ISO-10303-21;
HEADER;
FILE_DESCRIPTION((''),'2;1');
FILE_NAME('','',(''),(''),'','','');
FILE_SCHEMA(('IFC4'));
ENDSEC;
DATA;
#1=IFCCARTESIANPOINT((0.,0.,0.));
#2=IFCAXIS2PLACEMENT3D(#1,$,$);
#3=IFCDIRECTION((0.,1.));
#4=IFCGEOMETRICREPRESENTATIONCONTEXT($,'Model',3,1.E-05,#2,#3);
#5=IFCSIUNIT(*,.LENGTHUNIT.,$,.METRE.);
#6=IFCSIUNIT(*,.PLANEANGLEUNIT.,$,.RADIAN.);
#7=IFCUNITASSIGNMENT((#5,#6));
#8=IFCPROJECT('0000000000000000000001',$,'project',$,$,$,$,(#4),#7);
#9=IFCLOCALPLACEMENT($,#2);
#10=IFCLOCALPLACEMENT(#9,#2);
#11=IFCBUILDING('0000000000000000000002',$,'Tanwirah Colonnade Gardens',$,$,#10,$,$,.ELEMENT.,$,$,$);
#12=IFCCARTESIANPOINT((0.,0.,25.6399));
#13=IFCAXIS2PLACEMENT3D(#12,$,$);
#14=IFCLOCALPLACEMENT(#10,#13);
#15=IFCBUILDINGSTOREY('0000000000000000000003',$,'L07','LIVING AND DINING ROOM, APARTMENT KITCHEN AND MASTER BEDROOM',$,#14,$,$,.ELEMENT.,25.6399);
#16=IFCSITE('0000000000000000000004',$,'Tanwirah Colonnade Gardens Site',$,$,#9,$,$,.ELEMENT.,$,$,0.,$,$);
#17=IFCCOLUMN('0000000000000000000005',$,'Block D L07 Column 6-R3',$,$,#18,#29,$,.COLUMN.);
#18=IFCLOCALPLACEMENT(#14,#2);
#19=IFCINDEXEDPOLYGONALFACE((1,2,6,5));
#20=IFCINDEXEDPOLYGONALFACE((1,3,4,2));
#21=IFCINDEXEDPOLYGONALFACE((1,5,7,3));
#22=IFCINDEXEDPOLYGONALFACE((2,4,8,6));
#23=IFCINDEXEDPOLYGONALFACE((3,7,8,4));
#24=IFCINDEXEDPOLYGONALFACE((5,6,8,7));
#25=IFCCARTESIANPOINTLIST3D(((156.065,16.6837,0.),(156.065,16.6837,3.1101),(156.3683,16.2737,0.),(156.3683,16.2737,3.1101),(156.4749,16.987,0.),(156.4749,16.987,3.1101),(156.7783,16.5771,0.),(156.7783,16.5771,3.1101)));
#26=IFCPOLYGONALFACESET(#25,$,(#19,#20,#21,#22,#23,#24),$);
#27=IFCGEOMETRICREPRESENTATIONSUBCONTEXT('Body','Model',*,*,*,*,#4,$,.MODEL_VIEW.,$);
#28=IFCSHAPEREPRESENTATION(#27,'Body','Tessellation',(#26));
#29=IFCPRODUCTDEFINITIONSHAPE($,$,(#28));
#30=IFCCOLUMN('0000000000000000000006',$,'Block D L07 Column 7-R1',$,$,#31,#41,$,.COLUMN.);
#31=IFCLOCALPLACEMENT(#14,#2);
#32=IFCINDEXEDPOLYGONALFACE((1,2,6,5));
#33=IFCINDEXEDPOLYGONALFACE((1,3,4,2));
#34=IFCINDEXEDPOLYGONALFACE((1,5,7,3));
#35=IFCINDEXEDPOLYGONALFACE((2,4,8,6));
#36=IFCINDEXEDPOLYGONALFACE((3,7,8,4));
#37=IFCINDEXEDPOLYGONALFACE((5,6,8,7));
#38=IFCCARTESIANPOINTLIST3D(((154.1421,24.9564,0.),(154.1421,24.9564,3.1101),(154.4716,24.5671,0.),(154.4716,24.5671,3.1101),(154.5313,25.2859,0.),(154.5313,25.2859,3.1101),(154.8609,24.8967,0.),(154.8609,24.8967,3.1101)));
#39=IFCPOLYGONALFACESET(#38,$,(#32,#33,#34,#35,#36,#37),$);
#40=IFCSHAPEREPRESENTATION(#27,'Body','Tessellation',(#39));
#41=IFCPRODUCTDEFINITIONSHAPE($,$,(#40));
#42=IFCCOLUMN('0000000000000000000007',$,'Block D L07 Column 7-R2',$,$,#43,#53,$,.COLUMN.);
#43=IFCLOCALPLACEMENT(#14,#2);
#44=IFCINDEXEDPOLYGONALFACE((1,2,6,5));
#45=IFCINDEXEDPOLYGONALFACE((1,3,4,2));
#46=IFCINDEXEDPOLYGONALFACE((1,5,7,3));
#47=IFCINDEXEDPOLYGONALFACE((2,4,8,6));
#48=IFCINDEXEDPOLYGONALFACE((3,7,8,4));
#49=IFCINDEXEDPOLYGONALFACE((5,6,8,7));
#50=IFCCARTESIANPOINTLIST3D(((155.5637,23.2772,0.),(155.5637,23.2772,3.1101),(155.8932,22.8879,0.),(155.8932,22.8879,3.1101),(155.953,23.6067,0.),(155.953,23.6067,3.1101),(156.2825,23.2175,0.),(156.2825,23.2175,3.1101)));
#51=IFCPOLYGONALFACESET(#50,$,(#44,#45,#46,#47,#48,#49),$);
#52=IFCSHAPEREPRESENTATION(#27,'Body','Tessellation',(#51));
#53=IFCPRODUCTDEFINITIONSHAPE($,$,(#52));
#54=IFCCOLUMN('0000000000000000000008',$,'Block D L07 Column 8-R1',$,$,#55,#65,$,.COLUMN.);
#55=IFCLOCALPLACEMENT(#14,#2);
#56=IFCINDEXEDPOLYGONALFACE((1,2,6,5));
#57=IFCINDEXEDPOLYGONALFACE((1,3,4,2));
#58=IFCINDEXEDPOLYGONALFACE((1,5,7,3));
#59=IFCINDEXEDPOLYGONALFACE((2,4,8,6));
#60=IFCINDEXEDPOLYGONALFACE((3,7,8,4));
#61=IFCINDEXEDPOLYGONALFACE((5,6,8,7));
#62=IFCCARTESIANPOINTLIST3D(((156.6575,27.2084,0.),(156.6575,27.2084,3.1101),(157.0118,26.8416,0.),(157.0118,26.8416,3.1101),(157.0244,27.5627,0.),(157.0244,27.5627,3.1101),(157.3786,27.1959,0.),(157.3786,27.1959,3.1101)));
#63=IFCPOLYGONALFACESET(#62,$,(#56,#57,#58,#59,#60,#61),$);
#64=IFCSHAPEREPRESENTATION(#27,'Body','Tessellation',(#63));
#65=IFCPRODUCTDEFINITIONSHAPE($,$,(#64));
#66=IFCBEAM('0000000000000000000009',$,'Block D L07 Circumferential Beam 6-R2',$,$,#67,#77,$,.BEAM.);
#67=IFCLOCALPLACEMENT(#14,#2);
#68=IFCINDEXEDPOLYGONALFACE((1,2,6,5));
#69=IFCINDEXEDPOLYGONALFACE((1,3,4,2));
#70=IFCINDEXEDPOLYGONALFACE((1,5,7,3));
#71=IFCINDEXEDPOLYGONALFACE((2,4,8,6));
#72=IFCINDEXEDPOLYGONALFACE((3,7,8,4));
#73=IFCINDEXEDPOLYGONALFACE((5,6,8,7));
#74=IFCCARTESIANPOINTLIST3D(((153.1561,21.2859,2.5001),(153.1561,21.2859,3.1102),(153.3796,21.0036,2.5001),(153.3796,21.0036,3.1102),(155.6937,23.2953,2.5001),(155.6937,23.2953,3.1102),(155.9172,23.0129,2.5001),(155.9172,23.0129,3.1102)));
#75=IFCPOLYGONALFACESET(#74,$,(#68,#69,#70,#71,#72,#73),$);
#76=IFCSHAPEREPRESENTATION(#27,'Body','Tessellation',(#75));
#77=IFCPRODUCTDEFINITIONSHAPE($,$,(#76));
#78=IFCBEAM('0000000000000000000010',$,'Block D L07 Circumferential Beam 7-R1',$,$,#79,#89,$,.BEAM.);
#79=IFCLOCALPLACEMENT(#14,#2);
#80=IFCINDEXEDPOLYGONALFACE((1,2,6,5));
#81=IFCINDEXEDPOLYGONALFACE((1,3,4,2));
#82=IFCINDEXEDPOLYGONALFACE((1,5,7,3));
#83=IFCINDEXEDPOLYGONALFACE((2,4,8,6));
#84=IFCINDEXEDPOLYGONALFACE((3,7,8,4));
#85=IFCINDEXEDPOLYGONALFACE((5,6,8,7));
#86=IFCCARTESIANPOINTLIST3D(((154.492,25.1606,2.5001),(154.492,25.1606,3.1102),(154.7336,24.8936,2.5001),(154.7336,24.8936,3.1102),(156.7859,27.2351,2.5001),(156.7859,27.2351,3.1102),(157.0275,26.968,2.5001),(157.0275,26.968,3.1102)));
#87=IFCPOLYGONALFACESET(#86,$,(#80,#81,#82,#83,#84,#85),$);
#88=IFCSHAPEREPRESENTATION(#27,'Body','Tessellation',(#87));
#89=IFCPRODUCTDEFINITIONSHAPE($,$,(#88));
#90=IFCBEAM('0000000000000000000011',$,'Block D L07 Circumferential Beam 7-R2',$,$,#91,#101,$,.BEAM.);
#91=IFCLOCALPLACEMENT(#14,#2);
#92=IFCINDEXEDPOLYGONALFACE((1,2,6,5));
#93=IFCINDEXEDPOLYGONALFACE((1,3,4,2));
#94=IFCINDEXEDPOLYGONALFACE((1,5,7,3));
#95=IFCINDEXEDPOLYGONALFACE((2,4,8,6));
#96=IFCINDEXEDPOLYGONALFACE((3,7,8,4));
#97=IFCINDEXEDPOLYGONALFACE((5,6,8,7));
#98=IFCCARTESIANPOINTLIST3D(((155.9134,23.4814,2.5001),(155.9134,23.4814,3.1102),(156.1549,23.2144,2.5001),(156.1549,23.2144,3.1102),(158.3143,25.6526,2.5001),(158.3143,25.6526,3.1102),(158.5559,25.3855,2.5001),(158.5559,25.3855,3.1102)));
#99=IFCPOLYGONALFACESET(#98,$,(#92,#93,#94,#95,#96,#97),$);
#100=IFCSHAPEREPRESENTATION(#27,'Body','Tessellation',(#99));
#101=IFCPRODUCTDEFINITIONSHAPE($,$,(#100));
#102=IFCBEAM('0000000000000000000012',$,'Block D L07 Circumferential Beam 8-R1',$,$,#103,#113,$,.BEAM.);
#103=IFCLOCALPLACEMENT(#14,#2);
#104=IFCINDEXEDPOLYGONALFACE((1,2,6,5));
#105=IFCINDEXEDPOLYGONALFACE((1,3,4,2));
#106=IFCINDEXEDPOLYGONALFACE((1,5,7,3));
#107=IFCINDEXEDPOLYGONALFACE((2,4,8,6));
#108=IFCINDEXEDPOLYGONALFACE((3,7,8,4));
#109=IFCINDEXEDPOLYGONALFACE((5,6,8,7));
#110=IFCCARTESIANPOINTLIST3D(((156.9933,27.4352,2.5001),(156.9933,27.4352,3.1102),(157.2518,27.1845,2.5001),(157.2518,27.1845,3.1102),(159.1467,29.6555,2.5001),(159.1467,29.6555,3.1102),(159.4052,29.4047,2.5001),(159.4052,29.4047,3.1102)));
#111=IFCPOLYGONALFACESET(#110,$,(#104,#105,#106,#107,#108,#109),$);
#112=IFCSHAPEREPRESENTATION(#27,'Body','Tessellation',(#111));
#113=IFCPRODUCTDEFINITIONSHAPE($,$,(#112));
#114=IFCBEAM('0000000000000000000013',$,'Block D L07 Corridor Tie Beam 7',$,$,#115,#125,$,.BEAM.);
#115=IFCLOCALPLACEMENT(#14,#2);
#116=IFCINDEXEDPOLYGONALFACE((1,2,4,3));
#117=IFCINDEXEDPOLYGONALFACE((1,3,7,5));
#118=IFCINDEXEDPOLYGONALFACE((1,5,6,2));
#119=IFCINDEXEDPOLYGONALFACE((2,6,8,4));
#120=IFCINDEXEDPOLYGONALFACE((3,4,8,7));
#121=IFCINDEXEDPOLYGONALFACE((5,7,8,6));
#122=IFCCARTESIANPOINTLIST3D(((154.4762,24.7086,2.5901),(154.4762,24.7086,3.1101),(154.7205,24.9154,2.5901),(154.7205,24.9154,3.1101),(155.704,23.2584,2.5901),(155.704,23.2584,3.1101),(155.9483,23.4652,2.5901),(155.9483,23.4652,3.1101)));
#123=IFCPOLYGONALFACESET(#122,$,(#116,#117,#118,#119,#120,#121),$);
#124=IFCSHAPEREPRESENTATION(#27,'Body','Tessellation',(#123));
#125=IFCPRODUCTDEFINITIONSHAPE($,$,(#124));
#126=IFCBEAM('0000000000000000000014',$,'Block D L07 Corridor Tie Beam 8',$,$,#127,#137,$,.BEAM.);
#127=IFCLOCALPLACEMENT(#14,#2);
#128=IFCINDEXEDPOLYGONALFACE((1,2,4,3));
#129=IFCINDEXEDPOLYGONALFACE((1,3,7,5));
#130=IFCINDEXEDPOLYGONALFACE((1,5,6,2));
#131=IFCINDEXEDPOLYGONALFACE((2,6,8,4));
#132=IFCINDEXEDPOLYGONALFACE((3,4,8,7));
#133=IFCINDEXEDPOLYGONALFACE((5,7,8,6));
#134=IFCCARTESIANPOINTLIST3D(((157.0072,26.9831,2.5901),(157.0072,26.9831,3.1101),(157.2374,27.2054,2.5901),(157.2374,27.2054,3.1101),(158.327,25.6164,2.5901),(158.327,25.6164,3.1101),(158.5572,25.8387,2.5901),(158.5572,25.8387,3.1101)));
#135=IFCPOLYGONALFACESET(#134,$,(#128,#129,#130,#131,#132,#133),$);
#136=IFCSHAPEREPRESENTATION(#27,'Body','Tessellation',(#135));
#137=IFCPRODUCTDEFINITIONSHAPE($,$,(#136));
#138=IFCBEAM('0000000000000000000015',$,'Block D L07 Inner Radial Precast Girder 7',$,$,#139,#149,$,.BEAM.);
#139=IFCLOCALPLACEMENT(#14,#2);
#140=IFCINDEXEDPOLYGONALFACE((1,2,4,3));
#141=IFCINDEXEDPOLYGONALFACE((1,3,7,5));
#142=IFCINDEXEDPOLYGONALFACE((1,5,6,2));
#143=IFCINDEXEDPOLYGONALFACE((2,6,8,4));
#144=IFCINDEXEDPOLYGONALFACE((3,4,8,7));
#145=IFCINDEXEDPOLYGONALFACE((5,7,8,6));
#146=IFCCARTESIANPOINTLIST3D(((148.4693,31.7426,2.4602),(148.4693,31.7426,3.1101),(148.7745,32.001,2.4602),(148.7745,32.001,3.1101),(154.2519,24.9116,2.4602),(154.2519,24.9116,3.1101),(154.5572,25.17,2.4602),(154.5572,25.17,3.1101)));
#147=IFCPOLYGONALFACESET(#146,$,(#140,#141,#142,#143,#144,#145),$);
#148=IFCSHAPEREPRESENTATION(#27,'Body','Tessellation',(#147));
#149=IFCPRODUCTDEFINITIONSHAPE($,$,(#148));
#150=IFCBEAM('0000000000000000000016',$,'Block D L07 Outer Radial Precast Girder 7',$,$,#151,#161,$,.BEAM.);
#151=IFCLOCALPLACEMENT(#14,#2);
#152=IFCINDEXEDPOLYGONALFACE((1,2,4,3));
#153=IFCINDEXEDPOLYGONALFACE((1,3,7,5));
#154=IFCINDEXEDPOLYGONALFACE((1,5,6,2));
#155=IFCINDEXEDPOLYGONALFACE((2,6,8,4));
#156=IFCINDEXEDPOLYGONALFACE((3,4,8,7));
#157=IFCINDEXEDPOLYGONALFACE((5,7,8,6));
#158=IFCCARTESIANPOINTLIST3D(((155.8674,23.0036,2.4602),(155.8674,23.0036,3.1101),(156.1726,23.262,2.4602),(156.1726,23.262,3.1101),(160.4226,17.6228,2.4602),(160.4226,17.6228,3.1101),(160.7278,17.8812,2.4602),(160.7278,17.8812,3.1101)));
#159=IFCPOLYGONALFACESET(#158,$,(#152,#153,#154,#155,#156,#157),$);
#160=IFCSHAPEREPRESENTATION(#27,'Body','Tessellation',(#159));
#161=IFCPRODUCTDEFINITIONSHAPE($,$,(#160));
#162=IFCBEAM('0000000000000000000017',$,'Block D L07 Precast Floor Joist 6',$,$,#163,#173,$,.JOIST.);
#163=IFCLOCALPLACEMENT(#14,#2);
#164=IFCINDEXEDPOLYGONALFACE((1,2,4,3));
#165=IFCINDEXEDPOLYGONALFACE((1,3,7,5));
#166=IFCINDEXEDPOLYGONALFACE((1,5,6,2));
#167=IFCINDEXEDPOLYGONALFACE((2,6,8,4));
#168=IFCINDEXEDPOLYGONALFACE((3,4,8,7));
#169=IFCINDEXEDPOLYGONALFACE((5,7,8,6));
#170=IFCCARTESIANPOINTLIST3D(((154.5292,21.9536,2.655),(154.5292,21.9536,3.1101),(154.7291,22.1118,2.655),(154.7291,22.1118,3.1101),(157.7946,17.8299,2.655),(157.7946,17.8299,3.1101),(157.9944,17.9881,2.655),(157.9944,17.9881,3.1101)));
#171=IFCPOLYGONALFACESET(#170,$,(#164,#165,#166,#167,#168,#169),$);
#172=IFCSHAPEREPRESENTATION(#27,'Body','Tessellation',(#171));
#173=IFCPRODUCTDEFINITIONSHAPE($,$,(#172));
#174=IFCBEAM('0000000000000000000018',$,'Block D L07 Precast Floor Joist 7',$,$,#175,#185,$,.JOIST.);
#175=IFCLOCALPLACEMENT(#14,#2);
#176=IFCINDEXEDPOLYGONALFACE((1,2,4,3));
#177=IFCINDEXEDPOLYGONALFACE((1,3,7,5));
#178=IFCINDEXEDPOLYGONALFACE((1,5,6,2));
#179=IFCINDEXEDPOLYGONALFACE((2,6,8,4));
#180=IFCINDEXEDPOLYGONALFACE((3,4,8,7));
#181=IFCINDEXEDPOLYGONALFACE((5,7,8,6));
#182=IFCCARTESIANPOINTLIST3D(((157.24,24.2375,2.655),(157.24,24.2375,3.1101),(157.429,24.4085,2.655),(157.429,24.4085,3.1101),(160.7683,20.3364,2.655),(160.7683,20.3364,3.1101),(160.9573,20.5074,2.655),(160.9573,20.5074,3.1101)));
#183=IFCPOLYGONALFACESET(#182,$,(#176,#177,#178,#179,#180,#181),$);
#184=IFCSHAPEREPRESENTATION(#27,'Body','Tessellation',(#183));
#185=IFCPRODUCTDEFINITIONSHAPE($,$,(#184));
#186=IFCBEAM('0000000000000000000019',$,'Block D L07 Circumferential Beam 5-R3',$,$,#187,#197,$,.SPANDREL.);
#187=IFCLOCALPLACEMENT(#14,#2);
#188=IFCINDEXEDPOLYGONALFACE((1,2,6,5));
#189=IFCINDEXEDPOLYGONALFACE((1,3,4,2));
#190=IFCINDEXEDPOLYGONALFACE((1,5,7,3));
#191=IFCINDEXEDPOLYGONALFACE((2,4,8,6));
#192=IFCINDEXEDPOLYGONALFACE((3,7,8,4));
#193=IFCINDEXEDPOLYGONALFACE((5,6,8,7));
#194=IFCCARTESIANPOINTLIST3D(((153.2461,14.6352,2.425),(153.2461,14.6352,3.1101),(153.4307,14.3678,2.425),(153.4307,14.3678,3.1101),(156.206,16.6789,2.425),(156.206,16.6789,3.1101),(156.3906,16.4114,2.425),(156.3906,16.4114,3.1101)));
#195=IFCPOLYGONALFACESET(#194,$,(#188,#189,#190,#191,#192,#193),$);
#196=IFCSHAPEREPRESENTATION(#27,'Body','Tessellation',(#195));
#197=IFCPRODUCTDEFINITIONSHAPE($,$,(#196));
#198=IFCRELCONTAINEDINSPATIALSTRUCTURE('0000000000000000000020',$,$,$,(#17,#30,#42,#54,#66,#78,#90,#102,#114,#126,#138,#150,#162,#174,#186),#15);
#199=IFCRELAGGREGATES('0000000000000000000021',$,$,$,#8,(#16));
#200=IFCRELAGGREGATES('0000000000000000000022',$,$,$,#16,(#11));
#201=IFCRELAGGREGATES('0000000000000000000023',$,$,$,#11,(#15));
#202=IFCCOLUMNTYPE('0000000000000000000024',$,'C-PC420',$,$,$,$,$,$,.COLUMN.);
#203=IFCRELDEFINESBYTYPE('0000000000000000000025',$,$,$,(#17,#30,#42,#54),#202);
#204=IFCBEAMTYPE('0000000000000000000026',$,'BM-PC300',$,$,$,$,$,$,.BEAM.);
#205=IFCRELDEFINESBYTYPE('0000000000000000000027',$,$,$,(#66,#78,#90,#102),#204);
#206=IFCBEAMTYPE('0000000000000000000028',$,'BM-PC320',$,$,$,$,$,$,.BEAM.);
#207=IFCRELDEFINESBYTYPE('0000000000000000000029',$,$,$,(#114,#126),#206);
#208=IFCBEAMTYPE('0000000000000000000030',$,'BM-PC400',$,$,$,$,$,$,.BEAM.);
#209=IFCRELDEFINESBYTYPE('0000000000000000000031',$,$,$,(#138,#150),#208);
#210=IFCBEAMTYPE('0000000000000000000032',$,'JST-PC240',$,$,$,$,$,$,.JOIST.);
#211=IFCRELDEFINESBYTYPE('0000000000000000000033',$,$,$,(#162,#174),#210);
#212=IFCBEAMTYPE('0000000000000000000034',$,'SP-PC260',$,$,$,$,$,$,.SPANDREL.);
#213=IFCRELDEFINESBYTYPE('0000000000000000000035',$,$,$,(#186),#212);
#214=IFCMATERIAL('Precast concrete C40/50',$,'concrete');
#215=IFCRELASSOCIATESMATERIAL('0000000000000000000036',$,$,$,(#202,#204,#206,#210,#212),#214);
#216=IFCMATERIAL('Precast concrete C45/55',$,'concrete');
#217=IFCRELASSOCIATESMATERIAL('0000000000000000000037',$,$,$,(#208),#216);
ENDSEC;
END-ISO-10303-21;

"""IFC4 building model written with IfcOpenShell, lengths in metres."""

from ifc_helpers import new_model, si_unit, direction, frame, origin, origin_2d, place, context, subcontext, project, spatial, rectangle, extrude, material, material_profile, profile_set, type_object, element, save


model = new_model("IFC4")

# Units and contexts
model_context = context("Model", 3, precision=1e-05, world=origin(), true_north=direction((0.0, 1.0)))
body_context = subcontext(model_context, "Body", "Model", "MODEL_VIEW")
ifc_project = project(units=[si_unit("LENGTHUNIT", "METRE"), si_unit("PLANEANGLEUNIT", "RADIAN")], contexts=[model_context])

# Site, building, storey
site_placement = place(None, origin())
site = spatial("IfcSite", under=ifc_project, at=site_placement, Name="Tanwirah Colonnade Gardens Site", CompositionType="ELEMENT", RefElevation=0.0)
building_placement = place(site_placement, origin())
building = spatial("IfcBuilding", under=site, at=building_placement, Name="Tanwirah Colonnade Gardens", CompositionType="ELEMENT")
storey_placement = place(building_placement, frame((0.0, 0.0, 25.6399)))
storey = spatial("IfcBuildingStorey", under=building, at=storey_placement, Name="L07", Description="LIVING AND DINING ROOM, APARTMENT KITCHEN AND MASTER BEDROOM", CompositionType="ELEMENT", Elevation=25.6399)

# Columns
ifc_material_1 = material(Name="Precast concrete C40/50", Category="concrete")
ifc_material_profile_1 = material_profile(ifc_material_1, rectangle(XDim=0.51, YDim=0.51, at=origin_2d()), Name="PC-COL 510x510")
ifc_profile_set_1 = profile_set([ifc_material_profile_1], Name="Precast concrete C40/50")
column_type = type_object("IfcColumnType", Name="C-PC420", PredefinedType="COLUMN", material=ifc_profile_set_1)
for number, where, z_axis, x_axis, name in (
    (1, (156.4216, 16.6304, 0.0), (0.0, 0.0, 1.0), (0.594823, -0.803857, 0.0), "Block D L07 Column 6-R3"),
    (2, (154.5015, 24.9265, 0.0), (0.0, 0.0, 1.0), (0.646124, -0.763232, 0.0), "Block D L07 Column 7-R1"),
    (3, (155.9231, 23.2473, 0.0), (0.0, 0.0, 1.0), (0.646124, -0.763232, 0.0), "Block D L07 Column 7-R2"),
    (4, (157.0181, 27.2021, 0.0), (0.0, 0.0, 1.0), (0.694658, -0.71934, 0.0), "Block D L07 Column 8-R1"),
):
    element("IfcColumn", number, at=place(storey_placement, frame(where, z_axis=z_axis, x_axis=x_axis)), inside=storey, type_object=column_type, Name=name, PredefinedType="COLUMN", context=body_context, shape_type="SweptSolid", body=[
        extrude(rectangle(XDim=0.51, YDim=0.51, at=origin_2d()), origin(), (0.0, 0.0, 1.0), 3.1101),
    ])

# Beams
ifc_material_profile_2 = material_profile(ifc_material_1, rectangle(XDim=0.3601, YDim=0.6101, at=origin_2d()), Name="PC-BM 360x610")
ifc_profile_set_2 = profile_set([ifc_material_profile_2], Name="Precast concrete C40/50")
beam_type_1 = type_object("IfcBeamType", Name="BM-PC300", PredefinedType="BEAM", material=ifc_profile_set_2)
beam_1_placement = place(storey_placement, frame((153.2678, 21.1448, 2.8052), z_axis=(0.783994, 0.620769, 0.0), x_axis=(-0.620769, 0.783994, 0.0)))
element("IfcBeam", 5, at=beam_1_placement, inside=storey, type_object=beam_type_1, Name="Block D L07 Circumferential Beam 6-R2", PredefinedType="BEAM", context=body_context, shape_type="SweptSolid", body=[
    extrude(rectangle(XDim=0.3601, YDim=0.6101, at=origin_2d()), origin(), (0.0, 0.0, 1.0), 3.2368),
])
beam_2_placement = place(storey_placement, frame((154.6128, 25.0271, 2.8052), z_axis=(0.741698, 0.670733, 0.0), x_axis=(-0.670733, 0.741698, 0.0)))
element("IfcBeam", 6, at=beam_2_placement, inside=storey, type_object=beam_type_1, Name="Block D L07 Circumferential Beam 7-R1", PredefinedType="BEAM", context=body_context, shape_type="SweptSolid", body=[
    extrude(rectangle(XDim=0.3601, YDim=0.6101, at=origin_2d()), origin(), (0.0, 0.0, 1.0), 3.0928),
])
beam_3_placement = place(storey_placement, frame((156.0342, 23.3479, 2.8052), z_axis=(0.741702, 0.67073, 0.0), x_axis=(-0.67073, 0.741702, 0.0)))
element("IfcBeam", 7, at=beam_3_placement, inside=storey, type_object=beam_type_1, Name="Block D L07 Circumferential Beam 7-R2", PredefinedType="BEAM", context=body_context, shape_type="SweptSolid", body=[
    extrude(rectangle(XDim=0.3601, YDim=0.6101, at=origin_2d()), origin(), (0.0, 0.0, 1.0), 3.2371),
])
beam_4_placement = place(storey_placement, frame((157.1226, 27.3098, 2.8052), z_axis=(0.69621, 0.717838, 0.0), x_axis=(-0.717838, 0.69621, 0.0)))
element("IfcBeam", 8, at=beam_4_placement, inside=storey, type_object=beam_type_1, Name="Block D L07 Circumferential Beam 8-R1", PredefinedType="BEAM", context=body_context, shape_type="SweptSolid", body=[
    extrude(rectangle(XDim=0.3601, YDim=0.6101, at=origin_2d()), origin(), (0.0, 0.0, 1.0), 3.093),
])
ifc_material_profile_3 = material_profile(ifc_material_1, rectangle(XDim=0.3201, YDim=0.52, at=origin_2d()), Name="PC-BM 320x520")
ifc_profile_set_3 = profile_set([ifc_material_profile_3], Name="Precast concrete C40/50")
beam_type_2 = type_object("IfcBeamType", Name="BM-PC320", PredefinedType="BEAM", material=ifc_profile_set_3)
beam_5_placement = place(storey_placement, frame((154.5984, 24.812, 2.8501), z_axis=(0.646155, -0.763206, 0.0), x_axis=(0.763206, 0.646155, 0.0)))
element("IfcBeam", 9, at=beam_5_placement, inside=storey, type_object=beam_type_2, Name="Block D L07 Corridor Tie Beam 7", PredefinedType="BEAM", context=body_context, shape_type="SweptSolid", body=[
    extrude(rectangle(XDim=0.3201, YDim=0.52, at=origin_2d()), origin(), (0.0, 0.0, 1.0), 1.9001),
])
beam_6_placement = place(storey_placement, frame((157.1223, 27.0942, 2.8501), z_axis=(0.694663, -0.719335, 0.0), x_axis=(0.719335, 0.694663, 0.0)))
element("IfcBeam", 10, at=beam_6_placement, inside=storey, type_object=beam_type_2, Name="Block D L07 Corridor Tie Beam 8", PredefinedType="BEAM", context=body_context, shape_type="SweptSolid", body=[
    extrude(rectangle(XDim=0.3201, YDim=0.52, at=origin_2d()), origin(), (0.0, 0.0, 1.0), 1.8999),
])
ifc_material_2 = material(Name="Precast concrete C45/55", Category="concrete")
ifc_material_profile_4 = material_profile(ifc_material_2, rectangle(XDim=0.3999, YDim=0.6499, at=origin_2d()), Name="PC-BM 400x650")
ifc_profile_set_4 = profile_set([ifc_material_profile_4], Name="Precast concrete C45/55")
beam_type_3 = type_object("IfcBeamType", Name="BM-PC400", PredefinedType="BEAM", material=ifc_profile_set_4)
beam_7_placement = place(storey_placement, frame((154.4045, 25.0408, 2.7852), z_axis=(-0.646111, 0.763243, 0.0), x_axis=(-0.763243, -0.646111, 0.0)))
element("IfcBeam", 11, at=beam_7_placement, inside=storey, type_object=beam_type_3, Name="Block D L07 Inner Radial Precast Girder 7", PredefinedType="BEAM", context=body_context, shape_type="SweptSolid", body=[
    extrude(rectangle(XDim=0.3999, YDim=0.6499, at=origin_2d()), origin(), (0.0, 0.0, 1.0), 8.95),
])
beam_8_placement = place(storey_placement, frame((156.02, 23.1328, 2.7852), z_axis=(0.646119, -0.763237, 0.0), x_axis=(0.763237, 0.646119, 0.0)))
element("IfcBeam", 12, at=beam_8_placement, inside=storey, type_object=beam_type_3, Name="Block D L07 Outer Radial Precast Girder 7", PredefinedType="BEAM", context=body_context, shape_type="SweptSolid", body=[
    extrude(rectangle(XDim=0.3999, YDim=0.6499, at=origin_2d()), origin(), (0.0, 0.0, 1.0), 7.05),
])
ifc_material_profile_5 = material_profile(ifc_material_1, rectangle(XDim=0.2549, YDim=0.4551, at=origin_2d()), Name="PC-JST 255x455")
ifc_profile_set_5 = profile_set([ifc_material_profile_5], Name="Precast concrete C40/50")
beam_type_4 = type_object("IfcBeamType", Name="JST-PC240", PredefinedType="JOIST", material=ifc_profile_set_5)
for number, where, z_axis, x_axis, name in (
    (13, (154.6292, 22.0327, 2.8826), (0.620787, -0.783979, 0.0), (0.783979, 0.620787, 0.0), "Block D L07 Precast Floor Joist 6"),
    (14, (157.3345, 24.323, 2.8826), (0.670781, -0.741656, 0.0), (0.741656, 0.670781, 0.0), "Block D L07 Precast Floor Joist 7"),
):
    element("IfcBeam", number, at=place(storey_placement, frame(where, z_axis=z_axis, x_axis=x_axis)), inside=storey, type_object=beam_type_4, Name=name, PredefinedType="JOIST", context=body_context, shape_type="SweptSolid", body=[
        extrude(rectangle(XDim=0.2549, YDim=0.4551, at=origin_2d()), origin(), (0.0, 0.0, 1.0), 5.26),
    ])
ifc_material_profile_6 = material_profile(ifc_material_1, rectangle(XDim=0.325, YDim=0.6851, at=origin_2d()), Name="PC-SP 325x685")
ifc_profile_set_6 = profile_set([ifc_material_profile_6], Name="Precast concrete C40/50")
beam_type_5 = type_object("IfcBeamType", Name="SP-PC260", PredefinedType="SPANDREL", material=ifc_profile_set_6)
for number, where, z_axis, x_axis, name in (
    (15, (153.3384, 14.5015, 2.7676), (0.822907, 0.568175, 0.0), (-0.568175, 0.822907, 0.0), "Block D L07 Circumferential Beam 5-R3"),
):
    element("IfcBeam", number, at=place(storey_placement, frame(where, z_axis=z_axis, x_axis=x_axis)), inside=storey, type_object=beam_type_5, Name=name, PredefinedType="SPANDREL", context=body_context, shape_type="SweptSolid", body=[
        extrude(rectangle(XDim=0.325, YDim=0.6851, at=origin_2d()), origin(), (0.0, 0.0, 1.0), 3.5969),
    ])

save(model, "model.ifc")
